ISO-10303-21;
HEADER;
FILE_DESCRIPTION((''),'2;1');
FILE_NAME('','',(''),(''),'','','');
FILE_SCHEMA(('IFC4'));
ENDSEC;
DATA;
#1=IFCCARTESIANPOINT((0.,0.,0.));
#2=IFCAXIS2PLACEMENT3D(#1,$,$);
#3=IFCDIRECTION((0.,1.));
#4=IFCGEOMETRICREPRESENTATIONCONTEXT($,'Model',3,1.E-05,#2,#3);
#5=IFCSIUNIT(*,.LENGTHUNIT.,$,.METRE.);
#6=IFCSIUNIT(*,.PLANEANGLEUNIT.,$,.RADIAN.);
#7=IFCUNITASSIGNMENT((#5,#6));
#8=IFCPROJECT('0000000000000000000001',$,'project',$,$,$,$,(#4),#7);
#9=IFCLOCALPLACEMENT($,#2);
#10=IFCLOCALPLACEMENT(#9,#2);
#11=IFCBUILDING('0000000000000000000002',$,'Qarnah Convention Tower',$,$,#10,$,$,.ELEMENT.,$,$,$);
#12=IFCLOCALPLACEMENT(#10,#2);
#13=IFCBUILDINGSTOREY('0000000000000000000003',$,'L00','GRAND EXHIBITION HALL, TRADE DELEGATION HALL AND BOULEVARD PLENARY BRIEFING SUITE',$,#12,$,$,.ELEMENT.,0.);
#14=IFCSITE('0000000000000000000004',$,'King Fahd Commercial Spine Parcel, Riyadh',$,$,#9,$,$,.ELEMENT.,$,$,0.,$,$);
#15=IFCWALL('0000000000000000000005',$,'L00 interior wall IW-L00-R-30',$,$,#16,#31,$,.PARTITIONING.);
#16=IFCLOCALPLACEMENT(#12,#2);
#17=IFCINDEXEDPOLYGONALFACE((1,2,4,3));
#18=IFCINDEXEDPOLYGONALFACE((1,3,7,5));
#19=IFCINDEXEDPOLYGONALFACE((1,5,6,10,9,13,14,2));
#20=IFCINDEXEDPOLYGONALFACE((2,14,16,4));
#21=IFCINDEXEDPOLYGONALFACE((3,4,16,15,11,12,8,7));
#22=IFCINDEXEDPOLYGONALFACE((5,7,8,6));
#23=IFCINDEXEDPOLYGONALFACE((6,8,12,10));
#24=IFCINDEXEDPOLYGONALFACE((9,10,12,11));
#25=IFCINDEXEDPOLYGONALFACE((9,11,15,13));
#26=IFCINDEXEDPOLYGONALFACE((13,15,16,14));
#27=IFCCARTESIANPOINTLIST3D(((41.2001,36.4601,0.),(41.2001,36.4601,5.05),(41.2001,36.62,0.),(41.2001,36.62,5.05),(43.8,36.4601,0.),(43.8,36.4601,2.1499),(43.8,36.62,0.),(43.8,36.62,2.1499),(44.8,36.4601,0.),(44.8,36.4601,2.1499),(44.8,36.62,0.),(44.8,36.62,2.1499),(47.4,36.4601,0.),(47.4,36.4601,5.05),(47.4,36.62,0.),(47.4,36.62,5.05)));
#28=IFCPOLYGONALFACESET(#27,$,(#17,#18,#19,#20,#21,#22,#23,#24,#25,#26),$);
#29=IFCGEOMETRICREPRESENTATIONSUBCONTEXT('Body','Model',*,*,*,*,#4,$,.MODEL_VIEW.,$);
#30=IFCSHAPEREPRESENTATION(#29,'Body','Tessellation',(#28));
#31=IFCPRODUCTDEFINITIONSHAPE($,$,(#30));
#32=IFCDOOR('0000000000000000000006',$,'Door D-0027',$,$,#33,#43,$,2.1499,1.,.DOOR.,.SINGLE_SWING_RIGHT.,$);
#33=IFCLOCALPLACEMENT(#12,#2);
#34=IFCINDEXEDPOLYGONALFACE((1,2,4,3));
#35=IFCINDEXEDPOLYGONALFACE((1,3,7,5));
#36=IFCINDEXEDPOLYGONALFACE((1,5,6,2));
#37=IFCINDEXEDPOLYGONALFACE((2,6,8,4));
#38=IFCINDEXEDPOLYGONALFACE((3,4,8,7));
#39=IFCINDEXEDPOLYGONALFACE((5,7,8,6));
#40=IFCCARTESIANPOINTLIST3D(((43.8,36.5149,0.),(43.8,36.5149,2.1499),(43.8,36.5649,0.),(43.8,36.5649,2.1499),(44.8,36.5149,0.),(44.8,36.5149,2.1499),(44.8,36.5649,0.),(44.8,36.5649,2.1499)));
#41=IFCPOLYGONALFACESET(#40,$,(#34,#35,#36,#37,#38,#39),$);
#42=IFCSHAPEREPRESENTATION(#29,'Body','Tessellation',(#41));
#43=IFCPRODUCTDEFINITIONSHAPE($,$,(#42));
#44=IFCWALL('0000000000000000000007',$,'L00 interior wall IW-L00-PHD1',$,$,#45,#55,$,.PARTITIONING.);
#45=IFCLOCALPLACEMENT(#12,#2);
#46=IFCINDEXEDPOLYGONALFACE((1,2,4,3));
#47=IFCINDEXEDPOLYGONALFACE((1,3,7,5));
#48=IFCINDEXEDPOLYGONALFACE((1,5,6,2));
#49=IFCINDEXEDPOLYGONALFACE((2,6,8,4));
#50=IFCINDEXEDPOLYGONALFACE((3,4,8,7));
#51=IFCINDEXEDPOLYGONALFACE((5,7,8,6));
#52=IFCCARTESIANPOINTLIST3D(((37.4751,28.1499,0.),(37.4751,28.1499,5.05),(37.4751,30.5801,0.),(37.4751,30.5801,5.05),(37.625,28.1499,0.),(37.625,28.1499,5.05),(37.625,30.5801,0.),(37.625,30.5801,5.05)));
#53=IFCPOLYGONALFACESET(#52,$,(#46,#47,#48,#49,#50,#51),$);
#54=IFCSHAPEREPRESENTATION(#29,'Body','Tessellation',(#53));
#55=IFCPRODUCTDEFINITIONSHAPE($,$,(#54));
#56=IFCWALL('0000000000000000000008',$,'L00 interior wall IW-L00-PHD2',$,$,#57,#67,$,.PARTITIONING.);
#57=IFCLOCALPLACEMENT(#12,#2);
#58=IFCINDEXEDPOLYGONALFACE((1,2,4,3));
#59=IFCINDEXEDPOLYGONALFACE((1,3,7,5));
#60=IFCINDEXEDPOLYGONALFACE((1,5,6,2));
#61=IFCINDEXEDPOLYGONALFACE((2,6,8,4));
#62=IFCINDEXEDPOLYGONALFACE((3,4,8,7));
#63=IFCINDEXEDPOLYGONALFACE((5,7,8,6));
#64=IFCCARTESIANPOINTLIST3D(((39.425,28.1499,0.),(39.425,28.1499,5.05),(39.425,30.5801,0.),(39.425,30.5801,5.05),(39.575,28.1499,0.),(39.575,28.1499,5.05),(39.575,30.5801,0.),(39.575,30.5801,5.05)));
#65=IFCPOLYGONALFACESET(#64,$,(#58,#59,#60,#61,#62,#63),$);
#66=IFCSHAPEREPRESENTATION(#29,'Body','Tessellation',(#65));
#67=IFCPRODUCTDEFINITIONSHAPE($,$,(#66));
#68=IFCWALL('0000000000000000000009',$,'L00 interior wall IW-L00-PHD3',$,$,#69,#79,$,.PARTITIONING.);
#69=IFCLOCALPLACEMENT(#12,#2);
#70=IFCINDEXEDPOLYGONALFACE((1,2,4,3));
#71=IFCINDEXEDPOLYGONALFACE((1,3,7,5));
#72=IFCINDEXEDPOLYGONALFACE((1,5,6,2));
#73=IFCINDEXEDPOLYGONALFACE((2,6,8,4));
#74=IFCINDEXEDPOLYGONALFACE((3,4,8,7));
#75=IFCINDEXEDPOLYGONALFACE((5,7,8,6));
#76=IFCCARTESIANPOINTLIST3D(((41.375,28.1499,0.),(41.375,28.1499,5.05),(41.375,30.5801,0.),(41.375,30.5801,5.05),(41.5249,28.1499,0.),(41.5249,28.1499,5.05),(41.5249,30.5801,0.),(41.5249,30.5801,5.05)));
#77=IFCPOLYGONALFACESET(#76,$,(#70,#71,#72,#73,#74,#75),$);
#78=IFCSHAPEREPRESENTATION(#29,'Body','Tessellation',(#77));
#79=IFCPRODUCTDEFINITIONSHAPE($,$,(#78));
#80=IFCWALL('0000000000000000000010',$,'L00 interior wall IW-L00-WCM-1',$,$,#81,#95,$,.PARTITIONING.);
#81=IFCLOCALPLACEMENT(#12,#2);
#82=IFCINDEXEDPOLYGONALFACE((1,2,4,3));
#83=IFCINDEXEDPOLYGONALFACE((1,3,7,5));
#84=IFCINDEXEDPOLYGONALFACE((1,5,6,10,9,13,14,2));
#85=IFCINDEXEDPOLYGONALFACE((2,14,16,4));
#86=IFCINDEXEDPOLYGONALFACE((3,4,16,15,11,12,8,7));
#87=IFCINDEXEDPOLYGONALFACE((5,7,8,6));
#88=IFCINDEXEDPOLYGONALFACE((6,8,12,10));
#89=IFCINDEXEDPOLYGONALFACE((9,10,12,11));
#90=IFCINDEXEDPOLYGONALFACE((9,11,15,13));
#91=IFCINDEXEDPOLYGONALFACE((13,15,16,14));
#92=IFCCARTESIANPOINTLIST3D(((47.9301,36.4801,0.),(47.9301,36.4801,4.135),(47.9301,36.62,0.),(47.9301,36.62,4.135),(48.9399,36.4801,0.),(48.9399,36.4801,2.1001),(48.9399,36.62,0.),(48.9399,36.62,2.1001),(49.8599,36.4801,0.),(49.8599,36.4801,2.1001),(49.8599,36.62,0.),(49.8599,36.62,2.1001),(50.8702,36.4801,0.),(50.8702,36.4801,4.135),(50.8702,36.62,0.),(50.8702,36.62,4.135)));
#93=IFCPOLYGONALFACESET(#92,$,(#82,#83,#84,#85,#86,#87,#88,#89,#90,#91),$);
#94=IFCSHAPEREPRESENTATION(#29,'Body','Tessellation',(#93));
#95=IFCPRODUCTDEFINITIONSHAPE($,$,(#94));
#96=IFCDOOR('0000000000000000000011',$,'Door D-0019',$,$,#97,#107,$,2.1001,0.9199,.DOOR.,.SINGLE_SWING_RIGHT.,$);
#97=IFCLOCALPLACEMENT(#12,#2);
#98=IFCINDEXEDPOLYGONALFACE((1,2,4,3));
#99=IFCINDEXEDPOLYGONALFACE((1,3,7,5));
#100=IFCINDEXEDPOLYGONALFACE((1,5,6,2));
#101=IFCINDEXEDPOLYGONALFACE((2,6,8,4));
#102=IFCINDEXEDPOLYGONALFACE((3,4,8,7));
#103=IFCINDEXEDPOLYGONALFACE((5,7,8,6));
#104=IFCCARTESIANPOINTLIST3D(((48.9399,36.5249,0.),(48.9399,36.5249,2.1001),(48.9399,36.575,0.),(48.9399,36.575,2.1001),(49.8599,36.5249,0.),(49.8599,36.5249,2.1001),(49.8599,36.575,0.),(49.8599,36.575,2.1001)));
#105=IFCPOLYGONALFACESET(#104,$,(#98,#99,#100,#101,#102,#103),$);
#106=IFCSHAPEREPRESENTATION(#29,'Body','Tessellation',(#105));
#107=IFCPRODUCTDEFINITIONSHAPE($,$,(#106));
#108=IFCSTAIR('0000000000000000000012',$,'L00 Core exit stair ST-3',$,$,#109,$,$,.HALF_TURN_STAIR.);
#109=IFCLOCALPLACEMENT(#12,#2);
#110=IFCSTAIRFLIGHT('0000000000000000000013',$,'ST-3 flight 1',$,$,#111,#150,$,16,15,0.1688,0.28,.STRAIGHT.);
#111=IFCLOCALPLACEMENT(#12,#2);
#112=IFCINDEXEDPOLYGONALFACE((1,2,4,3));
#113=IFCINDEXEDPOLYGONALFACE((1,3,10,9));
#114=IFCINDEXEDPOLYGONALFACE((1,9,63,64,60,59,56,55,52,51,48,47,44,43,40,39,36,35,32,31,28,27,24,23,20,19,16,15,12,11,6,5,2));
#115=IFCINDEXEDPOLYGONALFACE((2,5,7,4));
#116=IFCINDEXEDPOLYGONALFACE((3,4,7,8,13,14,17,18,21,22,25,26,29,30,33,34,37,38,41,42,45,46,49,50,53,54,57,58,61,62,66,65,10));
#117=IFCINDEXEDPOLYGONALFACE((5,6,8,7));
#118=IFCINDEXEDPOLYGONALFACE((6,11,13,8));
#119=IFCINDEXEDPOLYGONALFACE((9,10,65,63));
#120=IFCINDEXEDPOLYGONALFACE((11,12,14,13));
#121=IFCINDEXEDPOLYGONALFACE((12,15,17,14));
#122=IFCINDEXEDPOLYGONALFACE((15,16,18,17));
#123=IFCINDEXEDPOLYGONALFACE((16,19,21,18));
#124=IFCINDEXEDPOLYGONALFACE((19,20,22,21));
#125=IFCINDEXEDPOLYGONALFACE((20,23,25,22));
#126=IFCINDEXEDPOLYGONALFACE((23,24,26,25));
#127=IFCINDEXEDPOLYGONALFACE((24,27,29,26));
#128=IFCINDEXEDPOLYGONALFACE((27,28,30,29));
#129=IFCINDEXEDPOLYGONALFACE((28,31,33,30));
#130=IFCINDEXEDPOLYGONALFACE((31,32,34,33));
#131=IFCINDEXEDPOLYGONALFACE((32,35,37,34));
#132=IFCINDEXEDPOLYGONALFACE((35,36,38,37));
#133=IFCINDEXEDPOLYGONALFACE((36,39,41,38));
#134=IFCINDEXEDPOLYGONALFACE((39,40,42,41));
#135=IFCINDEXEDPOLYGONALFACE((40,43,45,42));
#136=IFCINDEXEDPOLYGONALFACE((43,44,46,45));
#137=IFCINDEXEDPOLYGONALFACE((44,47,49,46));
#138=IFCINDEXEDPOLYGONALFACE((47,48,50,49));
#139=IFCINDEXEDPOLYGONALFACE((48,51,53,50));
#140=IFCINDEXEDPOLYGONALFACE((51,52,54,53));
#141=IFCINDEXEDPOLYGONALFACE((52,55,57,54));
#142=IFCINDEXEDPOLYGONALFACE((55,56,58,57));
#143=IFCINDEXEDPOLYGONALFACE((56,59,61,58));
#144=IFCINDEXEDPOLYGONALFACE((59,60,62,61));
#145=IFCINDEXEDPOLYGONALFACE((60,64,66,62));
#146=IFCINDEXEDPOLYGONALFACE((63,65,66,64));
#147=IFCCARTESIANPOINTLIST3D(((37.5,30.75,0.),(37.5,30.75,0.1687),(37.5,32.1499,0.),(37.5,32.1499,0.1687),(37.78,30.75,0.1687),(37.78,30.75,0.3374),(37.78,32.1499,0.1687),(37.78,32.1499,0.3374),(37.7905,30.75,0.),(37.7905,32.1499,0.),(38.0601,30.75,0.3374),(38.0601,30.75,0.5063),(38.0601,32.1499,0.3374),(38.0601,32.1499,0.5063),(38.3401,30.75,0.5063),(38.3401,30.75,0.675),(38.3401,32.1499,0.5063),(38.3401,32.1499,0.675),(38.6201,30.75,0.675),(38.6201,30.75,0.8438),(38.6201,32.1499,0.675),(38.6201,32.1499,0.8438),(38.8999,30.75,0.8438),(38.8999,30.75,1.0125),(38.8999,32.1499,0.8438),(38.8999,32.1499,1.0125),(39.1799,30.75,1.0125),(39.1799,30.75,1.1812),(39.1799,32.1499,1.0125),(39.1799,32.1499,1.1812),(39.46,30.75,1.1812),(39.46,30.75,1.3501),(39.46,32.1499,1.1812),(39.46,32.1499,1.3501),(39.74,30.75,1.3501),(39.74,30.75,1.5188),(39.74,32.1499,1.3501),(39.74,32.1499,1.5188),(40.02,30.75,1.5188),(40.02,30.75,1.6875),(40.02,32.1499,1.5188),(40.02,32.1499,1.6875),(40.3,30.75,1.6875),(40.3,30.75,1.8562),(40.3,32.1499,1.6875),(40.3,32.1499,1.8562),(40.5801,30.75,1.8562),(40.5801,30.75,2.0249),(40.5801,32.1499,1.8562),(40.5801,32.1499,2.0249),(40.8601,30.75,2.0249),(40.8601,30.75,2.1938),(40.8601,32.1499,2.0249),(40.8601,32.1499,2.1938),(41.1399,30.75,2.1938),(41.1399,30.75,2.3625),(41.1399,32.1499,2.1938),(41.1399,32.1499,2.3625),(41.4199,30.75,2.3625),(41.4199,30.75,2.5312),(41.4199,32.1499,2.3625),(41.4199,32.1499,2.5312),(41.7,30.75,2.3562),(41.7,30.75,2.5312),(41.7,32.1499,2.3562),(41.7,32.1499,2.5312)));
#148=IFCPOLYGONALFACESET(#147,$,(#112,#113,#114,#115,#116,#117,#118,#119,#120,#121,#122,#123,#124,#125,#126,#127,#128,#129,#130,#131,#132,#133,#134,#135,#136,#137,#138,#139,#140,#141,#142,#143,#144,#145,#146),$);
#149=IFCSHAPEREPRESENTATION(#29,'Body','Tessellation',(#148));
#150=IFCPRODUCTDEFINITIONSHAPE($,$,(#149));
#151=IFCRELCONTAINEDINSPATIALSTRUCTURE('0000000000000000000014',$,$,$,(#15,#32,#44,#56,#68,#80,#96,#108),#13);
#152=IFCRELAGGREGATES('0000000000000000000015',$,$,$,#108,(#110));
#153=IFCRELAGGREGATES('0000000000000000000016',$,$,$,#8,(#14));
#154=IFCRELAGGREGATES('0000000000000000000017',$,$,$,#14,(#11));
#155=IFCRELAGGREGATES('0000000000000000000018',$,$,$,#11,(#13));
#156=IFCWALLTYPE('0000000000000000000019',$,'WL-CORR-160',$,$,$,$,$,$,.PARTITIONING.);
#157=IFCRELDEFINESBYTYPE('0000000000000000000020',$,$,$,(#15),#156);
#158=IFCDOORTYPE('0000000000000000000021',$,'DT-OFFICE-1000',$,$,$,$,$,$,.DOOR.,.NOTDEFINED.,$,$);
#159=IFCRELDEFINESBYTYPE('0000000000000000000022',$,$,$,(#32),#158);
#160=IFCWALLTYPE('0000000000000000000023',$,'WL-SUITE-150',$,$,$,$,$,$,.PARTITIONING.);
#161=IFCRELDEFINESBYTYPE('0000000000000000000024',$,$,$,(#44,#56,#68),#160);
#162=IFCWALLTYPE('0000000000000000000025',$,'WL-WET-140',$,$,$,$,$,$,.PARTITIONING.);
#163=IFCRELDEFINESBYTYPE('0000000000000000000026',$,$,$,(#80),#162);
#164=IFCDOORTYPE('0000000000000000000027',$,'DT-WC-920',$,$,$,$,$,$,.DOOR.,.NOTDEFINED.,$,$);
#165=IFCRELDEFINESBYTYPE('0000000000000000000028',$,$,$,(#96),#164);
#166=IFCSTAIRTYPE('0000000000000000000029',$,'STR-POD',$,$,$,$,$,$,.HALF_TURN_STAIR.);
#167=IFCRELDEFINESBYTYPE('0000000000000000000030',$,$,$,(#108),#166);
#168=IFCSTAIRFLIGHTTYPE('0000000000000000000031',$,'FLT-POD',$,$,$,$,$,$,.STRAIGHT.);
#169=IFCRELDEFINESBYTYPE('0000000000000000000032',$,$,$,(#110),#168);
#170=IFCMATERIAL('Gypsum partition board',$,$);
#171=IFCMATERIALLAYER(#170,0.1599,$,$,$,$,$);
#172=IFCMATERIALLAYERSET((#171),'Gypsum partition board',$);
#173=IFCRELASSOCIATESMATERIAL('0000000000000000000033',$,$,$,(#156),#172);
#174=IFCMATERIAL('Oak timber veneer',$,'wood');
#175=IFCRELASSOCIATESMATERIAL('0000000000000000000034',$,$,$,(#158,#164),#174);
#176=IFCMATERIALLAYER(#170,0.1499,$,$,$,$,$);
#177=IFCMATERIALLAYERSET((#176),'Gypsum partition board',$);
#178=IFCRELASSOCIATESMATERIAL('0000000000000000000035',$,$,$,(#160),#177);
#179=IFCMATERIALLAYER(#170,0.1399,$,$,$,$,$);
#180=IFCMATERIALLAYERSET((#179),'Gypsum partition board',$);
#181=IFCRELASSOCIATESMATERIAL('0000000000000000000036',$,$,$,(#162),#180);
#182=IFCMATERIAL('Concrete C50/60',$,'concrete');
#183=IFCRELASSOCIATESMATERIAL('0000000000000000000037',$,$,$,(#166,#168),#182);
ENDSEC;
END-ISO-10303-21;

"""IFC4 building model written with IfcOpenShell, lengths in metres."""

from ifc_helpers import new_model, si_unit, direction, frame, frame_2d, origin, place, context, subcontext, project, spatial, polyline, rectangle, outline, extrude, material, layer, layer_set, type_object, element, fill, aggregate, save


model = new_model("IFC4")

# Units and contexts
model_context = context("Model", 3, precision=1e-05, world=origin(), true_north=direction((0.0, 1.0)))
body_context = subcontext(model_context, "Body", "Model", "MODEL_VIEW")
ifc_project = project(units=[si_unit("LENGTHUNIT", "METRE"), si_unit("PLANEANGLEUNIT", "RADIAN")], contexts=[model_context])

# Site, building, storey
site_placement = place(None, origin())
site = spatial("IfcSite", under=ifc_project, at=site_placement, Name="King Fahd Commercial Spine Parcel, Riyadh", CompositionType="ELEMENT", RefElevation=0.0)
building_placement = place(site_placement, origin())
building = spatial("IfcBuilding", under=site, at=building_placement, Name="Qarnah Convention Tower", CompositionType="ELEMENT")
storey_placement = place(building_placement, origin())
storey = spatial("IfcBuildingStorey", under=building, at=storey_placement, Name="L00", Description="GRAND EXHIBITION HALL, TRADE DELEGATION HALL AND BOULEVARD PLENARY BRIEFING SUITE", CompositionType="ELEMENT", Elevation=0.0)

# Shared definitions
ifc_material_1 = material(Name="Gypsum partition board")
ifc_layer_1 = layer(ifc_material_1, 0.1599)
ifc_layer_set_1 = layer_set([ifc_layer_1], Name="Gypsum partition board")
wall_type_1 = type_object("IfcWallType", Name="WL-CORR-160", PredefinedType="PARTITIONING", material=ifc_layer_set_1)

# Wall, opening, door
wall_1_placement = place(storey_placement, frame((41.2, 36.54, 0.0), z_axis=(0.0, 0.0, 1.0), x_axis=(1.0, 0.0, 0.0)))
wall_1 = element("IfcWall", 1, at=wall_1_placement, inside=storey, type_object=wall_type_1, Name="L00 interior wall IW-L00-R-30", PredefinedType="PARTITIONING", context=body_context, shape_type="SweptSolid", body=[
    extrude(rectangle(XDim=6.2, YDim=0.1599, at=frame_2d((3.1001, 0.0))), origin(), (0.0, 0.0, 1.0), 5.05),
])
opening_1_placement = place(wall_1_placement, frame((2.6001, 0.0, 0.0)))
opening_1 = element("IfcOpeningElement", 2, at=opening_1_placement, cuts=wall_1, PredefinedType="OPENING", context=body_context, shape_type="SweptSolid", body=[
    extrude(rectangle(XDim=1.0, YDim=2.1499, at=frame_2d((0.5, 1.075))), frame((0.0, 0.0898, 0.0), z_axis=(0.0, -1.0, 0.0), x_axis=(1.0, 0.0, 0.0)), (0.0, 0.0, 1.0), 0.1799),
])
ifc_material_2 = material(Name="Oak timber veneer", Category="wood")
door_type_1 = type_object("IfcDoorType", Name="DT-OFFICE-1000", OperationType="NOTDEFINED", PredefinedType="DOOR", material=ifc_material_2)
door_1_placement = place(opening_1_placement, origin())
door_1 = element("IfcDoor", 3, at=door_1_placement, inside=storey, type_object=door_type_1, Name="Door D-0027", OperationType="SINGLE_SWING_RIGHT", OverallHeight=2.1499, OverallWidth=1.0, PredefinedType="DOOR", context=body_context, shape_type="SweptSolid", body=[
    extrude(rectangle(XDim=1.0, YDim=2.1499, at=frame_2d((0.5, 1.075))), frame((0.0, 0.0249, 0.0), z_axis=(0.0, -1.0, 0.0), x_axis=(1.0, 0.0, 0.0)), (0.0, 0.0, 1.0), 0.05),
])
fill(opening_1, door_1)

# Walls
ifc_layer_2 = layer(ifc_material_1, 0.1499)
ifc_layer_set_2 = layer_set([ifc_layer_2], Name="Gypsum partition board")
wall_type_2 = type_object("IfcWallType", Name="WL-SUITE-150", PredefinedType="PARTITIONING", material=ifc_layer_set_2)
for number, where, z_axis, x_axis, name in (
    (4, (37.55, 28.1499, 0.0), (0.0, 0.0, 1.0), (0.0, 1.0, 0.0), "L00 interior wall IW-L00-PHD1"),
    (5, (39.5, 28.1499, 0.0), (0.0, 0.0, 1.0), (0.0, 1.0, 0.0), "L00 interior wall IW-L00-PHD2"),
    (6, (41.45, 28.1499, 0.0), (0.0, 0.0, 1.0), (0.0, 1.0, 0.0), "L00 interior wall IW-L00-PHD3"),
):
    element("IfcWall", number, at=place(storey_placement, frame(where, z_axis=z_axis, x_axis=x_axis)), inside=storey, type_object=wall_type_2, Name=name, PredefinedType="PARTITIONING", context=body_context, shape_type="SweptSolid", body=[
        extrude(rectangle(XDim=2.4302, YDim=0.1499, at=frame_2d((1.2151, 0.0))), origin(), (0.0, 0.0, 1.0), 5.05),
    ])

# Wall, opening, door
ifc_layer_3 = layer(ifc_material_1, 0.1399)
ifc_layer_set_3 = layer_set([ifc_layer_3], Name="Gypsum partition board")
wall_type_3 = type_object("IfcWallType", Name="WL-WET-140", PredefinedType="PARTITIONING", material=ifc_layer_set_3)
wall_2_placement = place(storey_placement, frame((47.9299, 36.55, 0.0), z_axis=(0.0, 0.0, 1.0), x_axis=(1.0, 0.0, 0.0)))
wall_2 = element("IfcWall", 7, at=wall_2_placement, inside=storey, type_object=wall_type_3, Name="L00 interior wall IW-L00-WCM-1", PredefinedType="PARTITIONING", context=body_context, shape_type="SweptSolid", body=[
    extrude(rectangle(XDim=2.9402, YDim=0.1399, at=frame_2d((1.4702, 0.0))), origin(), (0.0, 0.0, 1.0), 4.135),
])
opening_2_placement = place(wall_2_placement, frame((1.01, 0.0, 0.0)))
opening_2 = element("IfcOpeningElement", 8, at=opening_2_placement, cuts=wall_2, PredefinedType="OPENING", context=body_context, shape_type="SweptSolid", body=[
    extrude(rectangle(XDim=0.9199, YDim=2.1001, at=frame_2d((0.46, 1.05))), frame((0.0, 0.0798, 0.0), z_axis=(0.0, -1.0, 0.0), x_axis=(1.0, 0.0, 0.0)), (0.0, 0.0, 1.0), 0.1599),
])
door_type_2 = type_object("IfcDoorType", Name="DT-WC-920", OperationType="NOTDEFINED", PredefinedType="DOOR", material=ifc_material_2)
door_2_placement = place(opening_2_placement, origin())
door_2 = element("IfcDoor", 9, at=door_2_placement, inside=storey, type_object=door_type_2, Name="Door D-0019", OperationType="SINGLE_SWING_RIGHT", OverallHeight=2.1001, OverallWidth=0.9199, PredefinedType="DOOR", context=body_context, shape_type="SweptSolid", body=[
    extrude(rectangle(XDim=0.9199, YDim=2.1001, at=frame_2d((0.46, 1.05))), frame((0.0, 0.0249, 0.0), z_axis=(0.0, -1.0, 0.0), x_axis=(1.0, 0.0, 0.0)), (0.0, 0.0, 1.0), 0.05),
])
fill(opening_2, door_2)

# Stair, stair flight
ifc_material_3 = material(Name="Concrete C50/60", Category="concrete")
stair_type = type_object("IfcStairType", Name="STR-POD", PredefinedType="HALF_TURN_STAIR", material=ifc_material_3)
stair_placement = place(storey_placement, origin())
stair = element("IfcStair", 10, at=stair_placement, inside=storey, type_object=stair_type, Name="L00 Core exit stair ST-3", PredefinedType="HALF_TURN_STAIR")
stair_flight_type = type_object("IfcStairFlightType", Name="FLT-POD", PredefinedType="STRAIGHT", material=ifc_material_3)
stair_flight_1_placement = place(storey_placement, frame((37.5, 31.45, 0.0), z_axis=(0.0, 0.0, 1.0), x_axis=(1.0, 0.0, 0.0)))
stair_flight_1 = element("IfcStairFlight", 11, at=stair_flight_1_placement, type_object=stair_flight_type, Name="ST-3 flight 1", NumberOfRisers=16, NumberOfTreads=15, PredefinedType="STRAIGHT", RiserHeight=0.1688, TreadLength=0.28, context=body_context, shape_type="SweptSolid", body=[
    extrude(outline(polyline([(0.0, 0.0), (0.0, 0.1687), (0.28, 0.1687), (0.28, 0.3374), (0.5601, 0.3374), (0.5601, 0.5063), (0.8401, 0.5063), (0.8401, 0.675), (1.1201, 0.675), (1.1201, 0.8438), (1.3999, 0.8438), (1.3999, 1.0125), (1.6799, 1.0125), (1.6799, 1.1812), (1.96, 1.1812), (1.96, 1.3501), (2.24, 1.3501), (2.24, 1.5188), (2.52, 1.5188), (2.52, 1.6875), (2.8, 1.6875), (2.8, 1.8562), (3.0801, 1.8562), (3.0801, 2.0249), (3.3601, 2.0249), (3.3601, 2.1938), (3.6399, 2.1938), (3.6399, 2.3625), (3.9199, 2.3625), (3.9199, 2.5312), (4.2, 2.5312), (4.2, 2.7), (4.2, 2.3562), (0.2905, 0.0), (0.0, 0.0)])), frame((0.0, 0.7, 0.0), z_axis=(0.0, -1.0, 0.0), x_axis=(1.0, 0.0, 0.0)), (0.0, 0.0, 1.0), 1.3999),
])
aggregate(stair, [stair_flight_1])

save(model, "model.ifc")
